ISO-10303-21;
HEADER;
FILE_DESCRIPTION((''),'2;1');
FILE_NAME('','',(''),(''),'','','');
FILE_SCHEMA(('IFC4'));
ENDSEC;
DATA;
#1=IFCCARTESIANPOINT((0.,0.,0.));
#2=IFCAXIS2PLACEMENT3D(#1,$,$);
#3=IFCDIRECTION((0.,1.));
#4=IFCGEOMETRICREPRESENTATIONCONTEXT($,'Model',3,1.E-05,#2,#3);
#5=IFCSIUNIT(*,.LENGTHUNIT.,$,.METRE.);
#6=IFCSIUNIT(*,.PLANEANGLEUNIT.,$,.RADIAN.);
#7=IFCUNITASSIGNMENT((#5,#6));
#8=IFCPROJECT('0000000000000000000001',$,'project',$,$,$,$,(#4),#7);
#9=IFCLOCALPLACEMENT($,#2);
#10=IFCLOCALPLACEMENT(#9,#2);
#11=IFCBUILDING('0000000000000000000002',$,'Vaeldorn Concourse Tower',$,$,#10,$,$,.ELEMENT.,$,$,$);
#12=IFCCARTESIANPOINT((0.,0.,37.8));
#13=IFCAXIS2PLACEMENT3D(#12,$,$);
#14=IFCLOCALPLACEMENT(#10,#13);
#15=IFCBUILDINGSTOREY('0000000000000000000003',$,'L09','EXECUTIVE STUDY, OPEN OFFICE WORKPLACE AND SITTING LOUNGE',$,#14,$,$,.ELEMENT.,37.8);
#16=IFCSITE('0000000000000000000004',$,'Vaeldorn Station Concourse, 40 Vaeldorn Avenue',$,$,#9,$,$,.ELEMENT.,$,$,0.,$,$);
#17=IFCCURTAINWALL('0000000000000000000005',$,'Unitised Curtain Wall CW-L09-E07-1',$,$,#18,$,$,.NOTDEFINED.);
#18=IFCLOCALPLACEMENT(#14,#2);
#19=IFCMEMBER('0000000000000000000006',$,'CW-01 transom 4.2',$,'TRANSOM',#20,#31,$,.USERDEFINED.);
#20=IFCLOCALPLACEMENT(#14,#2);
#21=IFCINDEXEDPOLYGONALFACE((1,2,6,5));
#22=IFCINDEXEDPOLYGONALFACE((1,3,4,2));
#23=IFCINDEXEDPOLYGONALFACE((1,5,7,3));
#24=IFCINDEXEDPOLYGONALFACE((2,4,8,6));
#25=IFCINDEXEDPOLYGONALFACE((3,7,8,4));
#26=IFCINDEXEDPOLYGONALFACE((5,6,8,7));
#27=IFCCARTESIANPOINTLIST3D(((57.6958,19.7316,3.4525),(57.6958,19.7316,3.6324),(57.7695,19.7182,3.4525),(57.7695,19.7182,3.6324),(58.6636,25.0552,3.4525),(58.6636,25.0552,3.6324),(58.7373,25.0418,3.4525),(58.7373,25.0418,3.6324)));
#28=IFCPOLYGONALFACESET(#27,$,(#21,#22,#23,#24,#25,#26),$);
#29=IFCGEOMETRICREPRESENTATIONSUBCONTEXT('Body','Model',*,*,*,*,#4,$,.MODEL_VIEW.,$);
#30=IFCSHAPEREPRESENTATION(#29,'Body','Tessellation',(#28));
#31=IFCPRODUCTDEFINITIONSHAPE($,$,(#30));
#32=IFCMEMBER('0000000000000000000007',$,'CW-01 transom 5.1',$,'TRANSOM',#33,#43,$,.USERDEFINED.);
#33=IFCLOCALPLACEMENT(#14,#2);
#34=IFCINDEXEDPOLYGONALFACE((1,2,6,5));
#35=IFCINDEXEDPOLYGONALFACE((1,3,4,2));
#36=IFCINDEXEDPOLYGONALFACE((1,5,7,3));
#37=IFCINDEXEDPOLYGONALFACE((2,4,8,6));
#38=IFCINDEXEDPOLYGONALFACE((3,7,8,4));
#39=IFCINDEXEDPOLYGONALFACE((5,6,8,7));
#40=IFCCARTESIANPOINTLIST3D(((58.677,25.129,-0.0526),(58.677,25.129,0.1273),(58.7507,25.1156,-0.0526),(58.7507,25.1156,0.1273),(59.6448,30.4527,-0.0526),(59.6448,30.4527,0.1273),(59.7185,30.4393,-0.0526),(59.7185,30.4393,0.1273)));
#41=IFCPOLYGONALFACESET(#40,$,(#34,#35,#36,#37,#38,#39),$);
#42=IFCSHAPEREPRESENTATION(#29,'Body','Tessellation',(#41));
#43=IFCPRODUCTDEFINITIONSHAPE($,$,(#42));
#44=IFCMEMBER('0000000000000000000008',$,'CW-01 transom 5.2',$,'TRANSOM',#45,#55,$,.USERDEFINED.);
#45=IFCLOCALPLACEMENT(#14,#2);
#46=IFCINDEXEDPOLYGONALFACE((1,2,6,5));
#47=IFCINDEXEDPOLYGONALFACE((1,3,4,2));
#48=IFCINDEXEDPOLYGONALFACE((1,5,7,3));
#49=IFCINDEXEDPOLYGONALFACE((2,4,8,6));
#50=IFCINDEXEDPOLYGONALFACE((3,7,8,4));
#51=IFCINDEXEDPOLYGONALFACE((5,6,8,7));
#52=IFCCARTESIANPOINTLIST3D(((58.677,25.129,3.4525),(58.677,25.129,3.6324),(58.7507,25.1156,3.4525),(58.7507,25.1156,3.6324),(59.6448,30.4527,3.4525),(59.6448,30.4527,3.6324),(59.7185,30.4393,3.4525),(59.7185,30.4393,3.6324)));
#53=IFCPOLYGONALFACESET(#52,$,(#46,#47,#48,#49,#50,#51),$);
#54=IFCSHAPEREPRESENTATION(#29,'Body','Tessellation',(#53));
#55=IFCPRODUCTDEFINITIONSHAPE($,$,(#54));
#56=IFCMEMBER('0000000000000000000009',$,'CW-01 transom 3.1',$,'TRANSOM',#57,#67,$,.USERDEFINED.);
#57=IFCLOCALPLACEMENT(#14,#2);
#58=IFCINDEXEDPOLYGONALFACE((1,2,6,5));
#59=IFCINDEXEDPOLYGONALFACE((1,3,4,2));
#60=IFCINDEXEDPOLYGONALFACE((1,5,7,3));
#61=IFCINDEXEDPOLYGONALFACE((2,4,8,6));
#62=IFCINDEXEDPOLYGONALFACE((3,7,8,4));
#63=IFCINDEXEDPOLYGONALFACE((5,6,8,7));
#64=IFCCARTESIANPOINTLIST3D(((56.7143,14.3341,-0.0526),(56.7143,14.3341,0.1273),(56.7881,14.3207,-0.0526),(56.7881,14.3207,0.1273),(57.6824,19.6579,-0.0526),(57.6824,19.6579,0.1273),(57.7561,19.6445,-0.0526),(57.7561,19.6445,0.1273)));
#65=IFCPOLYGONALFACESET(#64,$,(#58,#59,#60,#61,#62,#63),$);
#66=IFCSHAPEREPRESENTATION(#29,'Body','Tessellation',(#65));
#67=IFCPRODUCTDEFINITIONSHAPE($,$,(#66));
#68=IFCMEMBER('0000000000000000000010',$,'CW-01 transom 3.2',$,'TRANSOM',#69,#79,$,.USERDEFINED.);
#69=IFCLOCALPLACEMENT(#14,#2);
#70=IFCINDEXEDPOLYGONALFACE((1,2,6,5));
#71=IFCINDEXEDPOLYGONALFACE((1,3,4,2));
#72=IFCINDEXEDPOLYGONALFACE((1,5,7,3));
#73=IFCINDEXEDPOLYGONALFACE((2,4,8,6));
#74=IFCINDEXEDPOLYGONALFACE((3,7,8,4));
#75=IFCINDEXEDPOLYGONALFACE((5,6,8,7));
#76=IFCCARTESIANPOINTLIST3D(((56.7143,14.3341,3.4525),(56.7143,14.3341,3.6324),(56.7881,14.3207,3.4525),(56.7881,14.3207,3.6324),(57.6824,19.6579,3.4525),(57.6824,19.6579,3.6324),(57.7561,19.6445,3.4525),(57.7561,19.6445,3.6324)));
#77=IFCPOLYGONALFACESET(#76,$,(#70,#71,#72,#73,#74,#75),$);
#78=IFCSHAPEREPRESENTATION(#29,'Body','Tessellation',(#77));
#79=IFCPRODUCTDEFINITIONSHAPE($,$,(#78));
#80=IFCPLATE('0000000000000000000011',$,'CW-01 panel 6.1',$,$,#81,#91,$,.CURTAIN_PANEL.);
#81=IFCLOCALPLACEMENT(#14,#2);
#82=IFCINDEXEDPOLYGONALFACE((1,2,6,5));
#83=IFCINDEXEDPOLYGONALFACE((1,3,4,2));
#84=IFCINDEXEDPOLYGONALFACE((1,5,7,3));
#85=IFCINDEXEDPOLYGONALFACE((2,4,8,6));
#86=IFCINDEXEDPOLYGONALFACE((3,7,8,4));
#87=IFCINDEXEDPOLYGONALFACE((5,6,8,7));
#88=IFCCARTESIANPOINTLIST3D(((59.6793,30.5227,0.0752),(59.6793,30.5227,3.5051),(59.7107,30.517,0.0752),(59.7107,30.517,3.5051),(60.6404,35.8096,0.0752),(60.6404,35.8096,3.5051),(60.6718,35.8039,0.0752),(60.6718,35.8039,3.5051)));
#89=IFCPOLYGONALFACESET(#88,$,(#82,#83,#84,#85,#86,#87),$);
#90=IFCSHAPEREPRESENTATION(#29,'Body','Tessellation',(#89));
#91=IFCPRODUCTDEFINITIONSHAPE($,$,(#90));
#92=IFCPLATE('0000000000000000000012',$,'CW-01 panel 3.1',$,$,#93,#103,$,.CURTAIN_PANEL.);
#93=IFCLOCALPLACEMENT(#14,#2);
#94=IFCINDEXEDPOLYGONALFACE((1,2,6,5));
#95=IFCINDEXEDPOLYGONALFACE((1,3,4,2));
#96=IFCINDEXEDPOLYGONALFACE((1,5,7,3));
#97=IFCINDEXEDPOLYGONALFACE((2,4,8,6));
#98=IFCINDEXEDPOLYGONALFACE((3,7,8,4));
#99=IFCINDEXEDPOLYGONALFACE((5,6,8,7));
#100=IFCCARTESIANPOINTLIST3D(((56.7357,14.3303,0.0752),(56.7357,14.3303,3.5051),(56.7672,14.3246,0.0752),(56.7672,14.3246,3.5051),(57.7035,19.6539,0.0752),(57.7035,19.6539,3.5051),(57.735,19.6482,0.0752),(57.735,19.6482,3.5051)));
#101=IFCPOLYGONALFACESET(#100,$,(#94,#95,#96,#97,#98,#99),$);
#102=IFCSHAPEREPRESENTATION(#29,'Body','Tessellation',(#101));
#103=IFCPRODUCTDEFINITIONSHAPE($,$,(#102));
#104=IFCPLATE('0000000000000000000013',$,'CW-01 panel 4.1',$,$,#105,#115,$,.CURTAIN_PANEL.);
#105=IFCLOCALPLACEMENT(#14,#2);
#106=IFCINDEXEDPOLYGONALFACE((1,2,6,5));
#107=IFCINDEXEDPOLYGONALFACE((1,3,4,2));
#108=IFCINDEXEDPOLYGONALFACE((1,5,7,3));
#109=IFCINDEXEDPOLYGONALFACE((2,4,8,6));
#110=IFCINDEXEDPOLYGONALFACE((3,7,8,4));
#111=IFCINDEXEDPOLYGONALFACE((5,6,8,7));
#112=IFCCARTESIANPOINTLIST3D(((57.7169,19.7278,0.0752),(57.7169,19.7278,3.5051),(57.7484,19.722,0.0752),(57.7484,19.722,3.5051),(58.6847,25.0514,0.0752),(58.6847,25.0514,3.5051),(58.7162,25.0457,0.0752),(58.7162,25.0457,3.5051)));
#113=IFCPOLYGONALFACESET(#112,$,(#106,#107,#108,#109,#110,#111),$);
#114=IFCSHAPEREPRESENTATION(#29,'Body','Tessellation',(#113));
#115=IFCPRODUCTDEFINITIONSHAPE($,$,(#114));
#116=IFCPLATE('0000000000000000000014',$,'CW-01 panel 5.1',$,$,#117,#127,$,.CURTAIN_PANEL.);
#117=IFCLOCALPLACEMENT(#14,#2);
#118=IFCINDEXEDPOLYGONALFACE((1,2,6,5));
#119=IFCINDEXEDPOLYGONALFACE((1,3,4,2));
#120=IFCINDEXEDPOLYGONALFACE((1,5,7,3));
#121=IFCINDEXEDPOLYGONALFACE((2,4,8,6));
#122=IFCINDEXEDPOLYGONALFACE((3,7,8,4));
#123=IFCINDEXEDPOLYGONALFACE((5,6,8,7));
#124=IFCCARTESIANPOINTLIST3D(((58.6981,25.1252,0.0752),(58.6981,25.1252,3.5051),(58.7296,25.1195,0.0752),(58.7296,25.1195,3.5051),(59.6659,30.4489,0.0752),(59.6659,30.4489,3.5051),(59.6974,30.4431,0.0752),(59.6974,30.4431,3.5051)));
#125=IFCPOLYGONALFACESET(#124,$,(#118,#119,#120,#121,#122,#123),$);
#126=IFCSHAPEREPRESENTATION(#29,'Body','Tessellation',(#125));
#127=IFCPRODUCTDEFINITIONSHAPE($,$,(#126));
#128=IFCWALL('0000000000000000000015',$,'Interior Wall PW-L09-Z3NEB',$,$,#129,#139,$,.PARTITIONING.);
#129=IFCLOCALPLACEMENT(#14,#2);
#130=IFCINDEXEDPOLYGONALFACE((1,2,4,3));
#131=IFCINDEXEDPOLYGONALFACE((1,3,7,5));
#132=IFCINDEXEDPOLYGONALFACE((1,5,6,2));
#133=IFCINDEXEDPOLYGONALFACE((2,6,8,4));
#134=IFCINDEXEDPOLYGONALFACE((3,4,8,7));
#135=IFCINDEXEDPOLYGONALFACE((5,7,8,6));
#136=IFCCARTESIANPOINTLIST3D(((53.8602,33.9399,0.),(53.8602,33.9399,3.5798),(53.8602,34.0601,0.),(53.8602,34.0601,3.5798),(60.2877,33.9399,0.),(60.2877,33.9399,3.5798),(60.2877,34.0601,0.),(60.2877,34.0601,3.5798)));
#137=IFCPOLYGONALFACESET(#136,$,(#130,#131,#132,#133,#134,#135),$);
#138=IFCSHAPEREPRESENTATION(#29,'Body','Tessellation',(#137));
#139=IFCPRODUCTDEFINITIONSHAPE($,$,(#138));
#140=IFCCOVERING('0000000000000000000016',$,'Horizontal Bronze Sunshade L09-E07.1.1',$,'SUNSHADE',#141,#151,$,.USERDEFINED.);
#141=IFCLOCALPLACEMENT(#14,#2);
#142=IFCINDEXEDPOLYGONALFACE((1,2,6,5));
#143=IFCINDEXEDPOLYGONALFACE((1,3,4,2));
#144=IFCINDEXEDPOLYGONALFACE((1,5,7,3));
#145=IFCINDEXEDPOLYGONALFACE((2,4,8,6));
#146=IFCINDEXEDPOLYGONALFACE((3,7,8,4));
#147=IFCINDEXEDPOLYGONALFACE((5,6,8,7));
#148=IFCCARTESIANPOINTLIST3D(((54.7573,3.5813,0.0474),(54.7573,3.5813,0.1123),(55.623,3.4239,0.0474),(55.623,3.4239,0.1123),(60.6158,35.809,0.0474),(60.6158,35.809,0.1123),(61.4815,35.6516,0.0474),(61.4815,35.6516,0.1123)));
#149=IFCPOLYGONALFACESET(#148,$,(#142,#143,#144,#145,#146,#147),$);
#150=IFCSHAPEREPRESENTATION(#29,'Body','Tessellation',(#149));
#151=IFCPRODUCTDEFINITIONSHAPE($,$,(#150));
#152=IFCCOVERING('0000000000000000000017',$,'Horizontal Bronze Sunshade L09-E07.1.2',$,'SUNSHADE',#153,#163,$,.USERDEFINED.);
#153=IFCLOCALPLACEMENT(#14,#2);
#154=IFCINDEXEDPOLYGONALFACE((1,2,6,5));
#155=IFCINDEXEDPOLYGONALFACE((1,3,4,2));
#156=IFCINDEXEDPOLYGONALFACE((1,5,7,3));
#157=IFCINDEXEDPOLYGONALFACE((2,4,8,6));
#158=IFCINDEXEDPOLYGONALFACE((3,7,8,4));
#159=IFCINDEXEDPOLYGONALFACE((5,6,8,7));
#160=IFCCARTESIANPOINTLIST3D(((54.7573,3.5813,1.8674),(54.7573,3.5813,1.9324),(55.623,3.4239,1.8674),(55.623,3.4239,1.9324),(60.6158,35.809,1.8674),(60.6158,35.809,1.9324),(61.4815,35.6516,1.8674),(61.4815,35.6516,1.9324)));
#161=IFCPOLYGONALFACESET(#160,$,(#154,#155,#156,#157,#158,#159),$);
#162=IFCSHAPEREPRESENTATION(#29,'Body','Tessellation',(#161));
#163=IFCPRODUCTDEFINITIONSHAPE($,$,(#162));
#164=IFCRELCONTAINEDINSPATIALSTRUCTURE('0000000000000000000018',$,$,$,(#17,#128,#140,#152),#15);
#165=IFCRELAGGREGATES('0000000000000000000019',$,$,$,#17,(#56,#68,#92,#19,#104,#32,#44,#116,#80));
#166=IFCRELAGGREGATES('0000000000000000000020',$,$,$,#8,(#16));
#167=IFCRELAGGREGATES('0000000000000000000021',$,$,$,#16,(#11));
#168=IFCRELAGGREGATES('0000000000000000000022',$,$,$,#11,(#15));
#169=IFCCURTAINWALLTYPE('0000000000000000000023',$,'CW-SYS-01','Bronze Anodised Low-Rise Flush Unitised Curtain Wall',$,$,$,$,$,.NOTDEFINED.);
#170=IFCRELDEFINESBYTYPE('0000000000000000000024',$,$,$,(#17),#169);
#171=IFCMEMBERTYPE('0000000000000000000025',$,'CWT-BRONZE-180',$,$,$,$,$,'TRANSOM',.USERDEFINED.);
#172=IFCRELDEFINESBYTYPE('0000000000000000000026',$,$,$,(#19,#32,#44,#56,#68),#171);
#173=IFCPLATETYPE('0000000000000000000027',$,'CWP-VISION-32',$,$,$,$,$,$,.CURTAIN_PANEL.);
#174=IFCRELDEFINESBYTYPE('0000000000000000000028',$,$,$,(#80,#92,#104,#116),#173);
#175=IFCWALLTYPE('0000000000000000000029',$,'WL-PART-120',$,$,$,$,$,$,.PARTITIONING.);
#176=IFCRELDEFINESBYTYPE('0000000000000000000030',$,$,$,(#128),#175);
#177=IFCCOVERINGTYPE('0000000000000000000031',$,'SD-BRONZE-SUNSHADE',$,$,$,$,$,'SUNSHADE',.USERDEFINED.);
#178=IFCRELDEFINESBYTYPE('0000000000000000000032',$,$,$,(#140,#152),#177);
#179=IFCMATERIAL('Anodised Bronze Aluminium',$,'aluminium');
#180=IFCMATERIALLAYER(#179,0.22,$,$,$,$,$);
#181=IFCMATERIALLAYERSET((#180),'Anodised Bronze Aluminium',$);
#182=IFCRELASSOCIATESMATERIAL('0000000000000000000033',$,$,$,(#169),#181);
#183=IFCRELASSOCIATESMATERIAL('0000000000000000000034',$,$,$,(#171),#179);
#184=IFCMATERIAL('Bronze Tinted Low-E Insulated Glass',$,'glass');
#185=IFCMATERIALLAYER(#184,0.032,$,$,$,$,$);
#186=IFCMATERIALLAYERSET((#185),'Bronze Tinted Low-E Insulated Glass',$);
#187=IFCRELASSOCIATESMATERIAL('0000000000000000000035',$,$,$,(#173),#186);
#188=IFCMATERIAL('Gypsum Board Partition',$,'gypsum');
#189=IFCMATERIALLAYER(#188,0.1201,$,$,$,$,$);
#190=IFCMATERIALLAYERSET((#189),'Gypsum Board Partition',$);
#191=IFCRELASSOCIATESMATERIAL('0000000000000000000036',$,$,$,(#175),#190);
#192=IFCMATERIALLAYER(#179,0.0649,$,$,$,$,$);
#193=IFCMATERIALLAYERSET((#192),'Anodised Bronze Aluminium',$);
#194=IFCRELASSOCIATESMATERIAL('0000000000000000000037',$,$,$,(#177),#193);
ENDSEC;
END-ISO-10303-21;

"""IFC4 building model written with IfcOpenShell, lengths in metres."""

from ifc_helpers import new_model, si_unit, direction, frame, frame_2d, origin, origin_2d, place, context, subcontext, project, spatial, rectangle, extrude, source, transform, mapped, material, layer, layer_set, material_profile, profile_set, type_object, element, aggregate, save


model = new_model("IFC4")

# Units and contexts
model_context = context("Model", 3, precision=1e-05, world=origin(), true_north=direction((0.0, 1.0)))
body_context = subcontext(model_context, "Body", "Model", "MODEL_VIEW")
ifc_project = project(units=[si_unit("LENGTHUNIT", "METRE"), si_unit("PLANEANGLEUNIT", "RADIAN")], contexts=[model_context])

# Site, building, storey
site_placement = place(None, origin())
site = spatial("IfcSite", under=ifc_project, at=site_placement, Name="Vaeldorn Station Concourse, 40 Vaeldorn Avenue", CompositionType="ELEMENT", RefElevation=0.0)
building_placement = place(site_placement, origin())
building = spatial("IfcBuilding", under=site, at=building_placement, Name="Vaeldorn Concourse Tower", CompositionType="ELEMENT")
storey_placement = place(building_placement, frame((0.0, 0.0, 37.8)))
storey = spatial("IfcBuildingStorey", under=building, at=storey_placement, Name="L09", Description="EXECUTIVE STUDY, OPEN OFFICE WORKPLACE AND SITTING LOUNGE", CompositionType="ELEMENT", Elevation=37.8)

# Curtain wall, members, plates
ifc_material_1 = material(Name="Anodised Bronze Aluminium", Category="aluminium")
ifc_layer_1 = layer(ifc_material_1, 0.22)
ifc_layer_set_1 = layer_set([ifc_layer_1], Name="Anodised Bronze Aluminium")
curtain_wall_type = type_object("IfcCurtainWallType", Name="CW-SYS-01", Description="Bronze Anodised Low-Rise Flush Unitised Curtain Wall", PredefinedType="NOTDEFINED", material=ifc_layer_set_1)
curtain_wall_placement = place(storey_placement, origin())
curtain_wall = element("IfcCurtainWall", 1, at=curtain_wall_placement, inside=storey, type_object=curtain_wall_type, Name="Unitised Curtain Wall CW-L09-E07-1", PredefinedType="NOTDEFINED")
ifc_material_profile_1 = material_profile(ifc_material_1, rectangle(XDim=0.075, YDim=0.1799, at=origin_2d()), Name="CWT 75x180")
ifc_profile_set_1 = profile_set([ifc_material_profile_1], Name="Anodised Bronze Aluminium")
member_type_1 = type_object("IfcMemberType", Name="CWT-BRONZE-180", ElementType="TRANSOM", PredefinedType="USERDEFINED", material=ifc_profile_set_1)
shared_shape_1 = source(origin(), body_context, "Body", "SweptSolid", [
    extrude(rectangle(XDim=0.075, YDim=0.1799, at=origin_2d()), origin(), (0.0, 0.0, 1.0), 5.4109),
])
member_1_placement = place(storey_placement, frame((57.7327, 19.7249, 3.5425), z_axis=(0.178854, 0.983876, 0.0), x_axis=(-0.983876, 0.178854, 0.0)))
member_1 = element("IfcMember", 2, at=member_1_placement, type_object=member_type_1, Name="CW-01 transom 4.2", ObjectType="TRANSOM", PredefinedType="USERDEFINED", context=body_context, shape_type="MappedRepresentation", body=[
    mapped(shared_shape_1, transform((0.0, 0.0, 0.0), scale=1.0)),
])
member_2_placement = place(storey_placement, frame((58.7139, 25.1223, 0.0374), z_axis=(0.178854, 0.983876, 0.0), x_axis=(-0.983876, 0.178854, 0.0)))
member_2 = element("IfcMember", 3, at=member_2_placement, type_object=member_type_1, Name="CW-01 transom 5.1", ObjectType="TRANSOM", PredefinedType="USERDEFINED", context=body_context, shape_type="MappedRepresentation", body=[
    mapped(shared_shape_1, transform((0.0, 0.0, 0.0), scale=1.0)),
])
member_3_placement = place(storey_placement, frame((58.7139, 25.1223, 3.5425), z_axis=(0.178854, 0.983876, 0.0), x_axis=(-0.983876, 0.178854, 0.0)))
member_3 = element("IfcMember", 4, at=member_3_placement, type_object=member_type_1, Name="CW-01 transom 5.2", ObjectType="TRANSOM", PredefinedType="USERDEFINED", context=body_context, shape_type="MappedRepresentation", body=[
    mapped(shared_shape_1, transform((0.0, 0.0, 0.0), scale=1.0)),
])
shared_shape_2 = source(origin(), body_context, "Body", "SweptSolid", [
    extrude(rectangle(XDim=0.075, YDim=0.1799, at=origin_2d()), origin(), (0.0, 0.0, 1.0), 5.4111),
])
member_4_placement = place(storey_placement, frame((56.7512, 14.3274, 0.0374), z_axis=(0.178897, 0.983868, 0.0), x_axis=(-0.983868, 0.178897, 0.0)))
member_4 = element("IfcMember", 5, at=member_4_placement, type_object=member_type_1, Name="CW-01 transom 3.1", ObjectType="TRANSOM", PredefinedType="USERDEFINED", context=body_context, shape_type="MappedRepresentation", body=[
    mapped(shared_shape_2, transform((0.0, 0.0, 0.0), scale=1.0)),
])
member_5_placement = place(storey_placement, frame((56.7512, 14.3274, 3.5425), z_axis=(0.178897, 0.983868, 0.0), x_axis=(-0.983868, 0.178897, 0.0)))
member_5 = element("IfcMember", 6, at=member_5_placement, type_object=member_type_1, Name="CW-01 transom 3.2", ObjectType="TRANSOM", PredefinedType="USERDEFINED", context=body_context, shape_type="MappedRepresentation", body=[
    mapped(shared_shape_2, transform((0.0, 0.0, 0.0), scale=1.0)),
])
ifc_material_2 = material(Name="Bronze Tinted Low-E Insulated Glass", Category="glass")
ifc_layer_2 = layer(ifc_material_2, 0.032)
ifc_layer_set_2 = layer_set([ifc_layer_2], Name="Bronze Tinted Low-E Insulated Glass")
plate_type = type_object("IfcPlateType", Name="CWP-VISION-32", PredefinedType="CURTAIN_PANEL", material=ifc_layer_set_2)
shared_shape_3 = source(origin(), body_context, "Body", "SweptSolid", [
    extrude(rectangle(XDim=5.3735, YDim=0.032, at=origin_2d()), origin(), (0.0, 0.0, 1.0), 3.4299),
])
plate_1_placement = place(storey_placement, frame((60.1755, 33.1633, 0.0752), z_axis=(0.0, 0.0, 1.0), x_axis=(0.178859, 0.983875, 0.0)))
plate_1 = element("IfcPlate", 7, at=plate_1_placement, type_object=plate_type, Name="CW-01 panel 6.1", PredefinedType="CURTAIN_PANEL", context=body_context, shape_type="MappedRepresentation", body=[
    mapped(shared_shape_3, transform((0.0, 0.0, 0.0), scale=1.0)),
])
shared_shape_4 = source(origin(), body_context, "Body", "SweptSolid", [
    extrude(rectangle(XDim=5.4109, YDim=0.032, at=origin_2d()), origin(), (0.0, 0.0, 1.0), 3.4299),
])
plate_2_placement = place(storey_placement, frame((57.2354, 16.9893, 0.0752), z_axis=(0.0, 0.0, 1.0), x_axis=(0.178859, 0.983875, 0.0)))
plate_2 = element("IfcPlate", 8, at=plate_2_placement, type_object=plate_type, Name="CW-01 panel 3.1", PredefinedType="CURTAIN_PANEL", context=body_context, shape_type="MappedRepresentation", body=[
    mapped(shared_shape_4, transform((0.0, 0.0, 0.0), scale=1.0)),
])
plate_3_placement = place(storey_placement, frame((58.2166, 22.3867, 0.0752), z_axis=(0.0, 0.0, 1.0), x_axis=(0.178859, 0.983875, 0.0)))
plate_3 = element("IfcPlate", 9, at=plate_3_placement, type_object=plate_type, Name="CW-01 panel 4.1", PredefinedType="CURTAIN_PANEL", context=body_context, shape_type="MappedRepresentation", body=[
    mapped(shared_shape_4, transform((0.0, 0.0, 0.0), scale=1.0)),
])
plate_4_placement = place(storey_placement, frame((59.1978, 27.7842, 0.0752), z_axis=(0.0, 0.0, 1.0), x_axis=(0.178859, 0.983875, 0.0)))
plate_4 = element("IfcPlate", 10, at=plate_4_placement, type_object=plate_type, Name="CW-01 panel 5.1", PredefinedType="CURTAIN_PANEL", context=body_context, shape_type="MappedRepresentation", body=[
    mapped(shared_shape_4, transform((0.0, 0.0, 0.0), scale=1.0)),
])
aggregate(curtain_wall, [member_4, member_5, plate_2, member_1, plate_3, member_2, member_3, plate_4, plate_1])

# Shared definitions
ifc_material_3 = material(Name="Gypsum Board Partition", Category="gypsum")
ifc_layer_3 = layer(ifc_material_3, 0.1201)
ifc_layer_set_3 = layer_set([ifc_layer_3], Name="Gypsum Board Partition")
wall_type = type_object("IfcWallType", Name="WL-PART-120", PredefinedType="PARTITIONING", material=ifc_layer_set_3)

# Wall
wall_1_placement = place(storey_placement, frame((53.8601, 34.0, 0.0), z_axis=(0.0, 0.0, 1.0), x_axis=(1.0, 0.0, 0.0)))
element("IfcWall", 11, at=wall_1_placement, inside=storey, type_object=wall_type, Name="Interior Wall PW-L09-Z3NEB", PredefinedType="PARTITIONING", context=body_context, shape_type="SweptSolid", body=[
    extrude(rectangle(XDim=6.4275, YDim=0.1201, at=frame_2d((3.2139, 0.0))), origin(), (0.0, 0.0, 1.0), 3.5798),
])

# Coverings
ifc_layer_4 = layer(ifc_material_1, 0.0649)
ifc_layer_set_4 = layer_set([ifc_layer_4], Name="Anodised Bronze Aluminium")
covering_type = type_object("IfcCoveringType", Name="SD-BRONZE-SUNSHADE", ElementType="SUNSHADE", PredefinedType="USERDEFINED", material=ifc_layer_set_4)
shared_shape_5 = source(origin(), body_context, "Body", "SweptSolid", [
    extrude(rectangle(XDim=32.7559, YDim=0.8799, at=origin_2d()), origin(), (0.0, 0.0, 1.0), 0.0649),
])
for number, where, z_axis, x_axis, name in (
    (12, (58.1194, 19.6165, 0.0474), (0.0, 0.0, 1.0), (0.178854, 0.983876, 0.0), "Horizontal Bronze Sunshade L09-E07.1.1"),
    (13, (58.1194, 19.6165, 1.8674), (0.0, 0.0, 1.0), (0.178854, 0.983876, 0.0), "Horizontal Bronze Sunshade L09-E07.1.2"),
):
    element("IfcCovering", number, at=place(storey_placement, frame(where, z_axis=z_axis, x_axis=x_axis)), inside=storey, type_object=covering_type, Name=name, ObjectType="SUNSHADE", PredefinedType="USERDEFINED", context=body_context, shape_type="MappedRepresentation", body=[
        mapped(shared_shape_5, transform((0.0, 0.0, 0.0), scale=1.0)),
    ])

save(model, "model.ifc")
